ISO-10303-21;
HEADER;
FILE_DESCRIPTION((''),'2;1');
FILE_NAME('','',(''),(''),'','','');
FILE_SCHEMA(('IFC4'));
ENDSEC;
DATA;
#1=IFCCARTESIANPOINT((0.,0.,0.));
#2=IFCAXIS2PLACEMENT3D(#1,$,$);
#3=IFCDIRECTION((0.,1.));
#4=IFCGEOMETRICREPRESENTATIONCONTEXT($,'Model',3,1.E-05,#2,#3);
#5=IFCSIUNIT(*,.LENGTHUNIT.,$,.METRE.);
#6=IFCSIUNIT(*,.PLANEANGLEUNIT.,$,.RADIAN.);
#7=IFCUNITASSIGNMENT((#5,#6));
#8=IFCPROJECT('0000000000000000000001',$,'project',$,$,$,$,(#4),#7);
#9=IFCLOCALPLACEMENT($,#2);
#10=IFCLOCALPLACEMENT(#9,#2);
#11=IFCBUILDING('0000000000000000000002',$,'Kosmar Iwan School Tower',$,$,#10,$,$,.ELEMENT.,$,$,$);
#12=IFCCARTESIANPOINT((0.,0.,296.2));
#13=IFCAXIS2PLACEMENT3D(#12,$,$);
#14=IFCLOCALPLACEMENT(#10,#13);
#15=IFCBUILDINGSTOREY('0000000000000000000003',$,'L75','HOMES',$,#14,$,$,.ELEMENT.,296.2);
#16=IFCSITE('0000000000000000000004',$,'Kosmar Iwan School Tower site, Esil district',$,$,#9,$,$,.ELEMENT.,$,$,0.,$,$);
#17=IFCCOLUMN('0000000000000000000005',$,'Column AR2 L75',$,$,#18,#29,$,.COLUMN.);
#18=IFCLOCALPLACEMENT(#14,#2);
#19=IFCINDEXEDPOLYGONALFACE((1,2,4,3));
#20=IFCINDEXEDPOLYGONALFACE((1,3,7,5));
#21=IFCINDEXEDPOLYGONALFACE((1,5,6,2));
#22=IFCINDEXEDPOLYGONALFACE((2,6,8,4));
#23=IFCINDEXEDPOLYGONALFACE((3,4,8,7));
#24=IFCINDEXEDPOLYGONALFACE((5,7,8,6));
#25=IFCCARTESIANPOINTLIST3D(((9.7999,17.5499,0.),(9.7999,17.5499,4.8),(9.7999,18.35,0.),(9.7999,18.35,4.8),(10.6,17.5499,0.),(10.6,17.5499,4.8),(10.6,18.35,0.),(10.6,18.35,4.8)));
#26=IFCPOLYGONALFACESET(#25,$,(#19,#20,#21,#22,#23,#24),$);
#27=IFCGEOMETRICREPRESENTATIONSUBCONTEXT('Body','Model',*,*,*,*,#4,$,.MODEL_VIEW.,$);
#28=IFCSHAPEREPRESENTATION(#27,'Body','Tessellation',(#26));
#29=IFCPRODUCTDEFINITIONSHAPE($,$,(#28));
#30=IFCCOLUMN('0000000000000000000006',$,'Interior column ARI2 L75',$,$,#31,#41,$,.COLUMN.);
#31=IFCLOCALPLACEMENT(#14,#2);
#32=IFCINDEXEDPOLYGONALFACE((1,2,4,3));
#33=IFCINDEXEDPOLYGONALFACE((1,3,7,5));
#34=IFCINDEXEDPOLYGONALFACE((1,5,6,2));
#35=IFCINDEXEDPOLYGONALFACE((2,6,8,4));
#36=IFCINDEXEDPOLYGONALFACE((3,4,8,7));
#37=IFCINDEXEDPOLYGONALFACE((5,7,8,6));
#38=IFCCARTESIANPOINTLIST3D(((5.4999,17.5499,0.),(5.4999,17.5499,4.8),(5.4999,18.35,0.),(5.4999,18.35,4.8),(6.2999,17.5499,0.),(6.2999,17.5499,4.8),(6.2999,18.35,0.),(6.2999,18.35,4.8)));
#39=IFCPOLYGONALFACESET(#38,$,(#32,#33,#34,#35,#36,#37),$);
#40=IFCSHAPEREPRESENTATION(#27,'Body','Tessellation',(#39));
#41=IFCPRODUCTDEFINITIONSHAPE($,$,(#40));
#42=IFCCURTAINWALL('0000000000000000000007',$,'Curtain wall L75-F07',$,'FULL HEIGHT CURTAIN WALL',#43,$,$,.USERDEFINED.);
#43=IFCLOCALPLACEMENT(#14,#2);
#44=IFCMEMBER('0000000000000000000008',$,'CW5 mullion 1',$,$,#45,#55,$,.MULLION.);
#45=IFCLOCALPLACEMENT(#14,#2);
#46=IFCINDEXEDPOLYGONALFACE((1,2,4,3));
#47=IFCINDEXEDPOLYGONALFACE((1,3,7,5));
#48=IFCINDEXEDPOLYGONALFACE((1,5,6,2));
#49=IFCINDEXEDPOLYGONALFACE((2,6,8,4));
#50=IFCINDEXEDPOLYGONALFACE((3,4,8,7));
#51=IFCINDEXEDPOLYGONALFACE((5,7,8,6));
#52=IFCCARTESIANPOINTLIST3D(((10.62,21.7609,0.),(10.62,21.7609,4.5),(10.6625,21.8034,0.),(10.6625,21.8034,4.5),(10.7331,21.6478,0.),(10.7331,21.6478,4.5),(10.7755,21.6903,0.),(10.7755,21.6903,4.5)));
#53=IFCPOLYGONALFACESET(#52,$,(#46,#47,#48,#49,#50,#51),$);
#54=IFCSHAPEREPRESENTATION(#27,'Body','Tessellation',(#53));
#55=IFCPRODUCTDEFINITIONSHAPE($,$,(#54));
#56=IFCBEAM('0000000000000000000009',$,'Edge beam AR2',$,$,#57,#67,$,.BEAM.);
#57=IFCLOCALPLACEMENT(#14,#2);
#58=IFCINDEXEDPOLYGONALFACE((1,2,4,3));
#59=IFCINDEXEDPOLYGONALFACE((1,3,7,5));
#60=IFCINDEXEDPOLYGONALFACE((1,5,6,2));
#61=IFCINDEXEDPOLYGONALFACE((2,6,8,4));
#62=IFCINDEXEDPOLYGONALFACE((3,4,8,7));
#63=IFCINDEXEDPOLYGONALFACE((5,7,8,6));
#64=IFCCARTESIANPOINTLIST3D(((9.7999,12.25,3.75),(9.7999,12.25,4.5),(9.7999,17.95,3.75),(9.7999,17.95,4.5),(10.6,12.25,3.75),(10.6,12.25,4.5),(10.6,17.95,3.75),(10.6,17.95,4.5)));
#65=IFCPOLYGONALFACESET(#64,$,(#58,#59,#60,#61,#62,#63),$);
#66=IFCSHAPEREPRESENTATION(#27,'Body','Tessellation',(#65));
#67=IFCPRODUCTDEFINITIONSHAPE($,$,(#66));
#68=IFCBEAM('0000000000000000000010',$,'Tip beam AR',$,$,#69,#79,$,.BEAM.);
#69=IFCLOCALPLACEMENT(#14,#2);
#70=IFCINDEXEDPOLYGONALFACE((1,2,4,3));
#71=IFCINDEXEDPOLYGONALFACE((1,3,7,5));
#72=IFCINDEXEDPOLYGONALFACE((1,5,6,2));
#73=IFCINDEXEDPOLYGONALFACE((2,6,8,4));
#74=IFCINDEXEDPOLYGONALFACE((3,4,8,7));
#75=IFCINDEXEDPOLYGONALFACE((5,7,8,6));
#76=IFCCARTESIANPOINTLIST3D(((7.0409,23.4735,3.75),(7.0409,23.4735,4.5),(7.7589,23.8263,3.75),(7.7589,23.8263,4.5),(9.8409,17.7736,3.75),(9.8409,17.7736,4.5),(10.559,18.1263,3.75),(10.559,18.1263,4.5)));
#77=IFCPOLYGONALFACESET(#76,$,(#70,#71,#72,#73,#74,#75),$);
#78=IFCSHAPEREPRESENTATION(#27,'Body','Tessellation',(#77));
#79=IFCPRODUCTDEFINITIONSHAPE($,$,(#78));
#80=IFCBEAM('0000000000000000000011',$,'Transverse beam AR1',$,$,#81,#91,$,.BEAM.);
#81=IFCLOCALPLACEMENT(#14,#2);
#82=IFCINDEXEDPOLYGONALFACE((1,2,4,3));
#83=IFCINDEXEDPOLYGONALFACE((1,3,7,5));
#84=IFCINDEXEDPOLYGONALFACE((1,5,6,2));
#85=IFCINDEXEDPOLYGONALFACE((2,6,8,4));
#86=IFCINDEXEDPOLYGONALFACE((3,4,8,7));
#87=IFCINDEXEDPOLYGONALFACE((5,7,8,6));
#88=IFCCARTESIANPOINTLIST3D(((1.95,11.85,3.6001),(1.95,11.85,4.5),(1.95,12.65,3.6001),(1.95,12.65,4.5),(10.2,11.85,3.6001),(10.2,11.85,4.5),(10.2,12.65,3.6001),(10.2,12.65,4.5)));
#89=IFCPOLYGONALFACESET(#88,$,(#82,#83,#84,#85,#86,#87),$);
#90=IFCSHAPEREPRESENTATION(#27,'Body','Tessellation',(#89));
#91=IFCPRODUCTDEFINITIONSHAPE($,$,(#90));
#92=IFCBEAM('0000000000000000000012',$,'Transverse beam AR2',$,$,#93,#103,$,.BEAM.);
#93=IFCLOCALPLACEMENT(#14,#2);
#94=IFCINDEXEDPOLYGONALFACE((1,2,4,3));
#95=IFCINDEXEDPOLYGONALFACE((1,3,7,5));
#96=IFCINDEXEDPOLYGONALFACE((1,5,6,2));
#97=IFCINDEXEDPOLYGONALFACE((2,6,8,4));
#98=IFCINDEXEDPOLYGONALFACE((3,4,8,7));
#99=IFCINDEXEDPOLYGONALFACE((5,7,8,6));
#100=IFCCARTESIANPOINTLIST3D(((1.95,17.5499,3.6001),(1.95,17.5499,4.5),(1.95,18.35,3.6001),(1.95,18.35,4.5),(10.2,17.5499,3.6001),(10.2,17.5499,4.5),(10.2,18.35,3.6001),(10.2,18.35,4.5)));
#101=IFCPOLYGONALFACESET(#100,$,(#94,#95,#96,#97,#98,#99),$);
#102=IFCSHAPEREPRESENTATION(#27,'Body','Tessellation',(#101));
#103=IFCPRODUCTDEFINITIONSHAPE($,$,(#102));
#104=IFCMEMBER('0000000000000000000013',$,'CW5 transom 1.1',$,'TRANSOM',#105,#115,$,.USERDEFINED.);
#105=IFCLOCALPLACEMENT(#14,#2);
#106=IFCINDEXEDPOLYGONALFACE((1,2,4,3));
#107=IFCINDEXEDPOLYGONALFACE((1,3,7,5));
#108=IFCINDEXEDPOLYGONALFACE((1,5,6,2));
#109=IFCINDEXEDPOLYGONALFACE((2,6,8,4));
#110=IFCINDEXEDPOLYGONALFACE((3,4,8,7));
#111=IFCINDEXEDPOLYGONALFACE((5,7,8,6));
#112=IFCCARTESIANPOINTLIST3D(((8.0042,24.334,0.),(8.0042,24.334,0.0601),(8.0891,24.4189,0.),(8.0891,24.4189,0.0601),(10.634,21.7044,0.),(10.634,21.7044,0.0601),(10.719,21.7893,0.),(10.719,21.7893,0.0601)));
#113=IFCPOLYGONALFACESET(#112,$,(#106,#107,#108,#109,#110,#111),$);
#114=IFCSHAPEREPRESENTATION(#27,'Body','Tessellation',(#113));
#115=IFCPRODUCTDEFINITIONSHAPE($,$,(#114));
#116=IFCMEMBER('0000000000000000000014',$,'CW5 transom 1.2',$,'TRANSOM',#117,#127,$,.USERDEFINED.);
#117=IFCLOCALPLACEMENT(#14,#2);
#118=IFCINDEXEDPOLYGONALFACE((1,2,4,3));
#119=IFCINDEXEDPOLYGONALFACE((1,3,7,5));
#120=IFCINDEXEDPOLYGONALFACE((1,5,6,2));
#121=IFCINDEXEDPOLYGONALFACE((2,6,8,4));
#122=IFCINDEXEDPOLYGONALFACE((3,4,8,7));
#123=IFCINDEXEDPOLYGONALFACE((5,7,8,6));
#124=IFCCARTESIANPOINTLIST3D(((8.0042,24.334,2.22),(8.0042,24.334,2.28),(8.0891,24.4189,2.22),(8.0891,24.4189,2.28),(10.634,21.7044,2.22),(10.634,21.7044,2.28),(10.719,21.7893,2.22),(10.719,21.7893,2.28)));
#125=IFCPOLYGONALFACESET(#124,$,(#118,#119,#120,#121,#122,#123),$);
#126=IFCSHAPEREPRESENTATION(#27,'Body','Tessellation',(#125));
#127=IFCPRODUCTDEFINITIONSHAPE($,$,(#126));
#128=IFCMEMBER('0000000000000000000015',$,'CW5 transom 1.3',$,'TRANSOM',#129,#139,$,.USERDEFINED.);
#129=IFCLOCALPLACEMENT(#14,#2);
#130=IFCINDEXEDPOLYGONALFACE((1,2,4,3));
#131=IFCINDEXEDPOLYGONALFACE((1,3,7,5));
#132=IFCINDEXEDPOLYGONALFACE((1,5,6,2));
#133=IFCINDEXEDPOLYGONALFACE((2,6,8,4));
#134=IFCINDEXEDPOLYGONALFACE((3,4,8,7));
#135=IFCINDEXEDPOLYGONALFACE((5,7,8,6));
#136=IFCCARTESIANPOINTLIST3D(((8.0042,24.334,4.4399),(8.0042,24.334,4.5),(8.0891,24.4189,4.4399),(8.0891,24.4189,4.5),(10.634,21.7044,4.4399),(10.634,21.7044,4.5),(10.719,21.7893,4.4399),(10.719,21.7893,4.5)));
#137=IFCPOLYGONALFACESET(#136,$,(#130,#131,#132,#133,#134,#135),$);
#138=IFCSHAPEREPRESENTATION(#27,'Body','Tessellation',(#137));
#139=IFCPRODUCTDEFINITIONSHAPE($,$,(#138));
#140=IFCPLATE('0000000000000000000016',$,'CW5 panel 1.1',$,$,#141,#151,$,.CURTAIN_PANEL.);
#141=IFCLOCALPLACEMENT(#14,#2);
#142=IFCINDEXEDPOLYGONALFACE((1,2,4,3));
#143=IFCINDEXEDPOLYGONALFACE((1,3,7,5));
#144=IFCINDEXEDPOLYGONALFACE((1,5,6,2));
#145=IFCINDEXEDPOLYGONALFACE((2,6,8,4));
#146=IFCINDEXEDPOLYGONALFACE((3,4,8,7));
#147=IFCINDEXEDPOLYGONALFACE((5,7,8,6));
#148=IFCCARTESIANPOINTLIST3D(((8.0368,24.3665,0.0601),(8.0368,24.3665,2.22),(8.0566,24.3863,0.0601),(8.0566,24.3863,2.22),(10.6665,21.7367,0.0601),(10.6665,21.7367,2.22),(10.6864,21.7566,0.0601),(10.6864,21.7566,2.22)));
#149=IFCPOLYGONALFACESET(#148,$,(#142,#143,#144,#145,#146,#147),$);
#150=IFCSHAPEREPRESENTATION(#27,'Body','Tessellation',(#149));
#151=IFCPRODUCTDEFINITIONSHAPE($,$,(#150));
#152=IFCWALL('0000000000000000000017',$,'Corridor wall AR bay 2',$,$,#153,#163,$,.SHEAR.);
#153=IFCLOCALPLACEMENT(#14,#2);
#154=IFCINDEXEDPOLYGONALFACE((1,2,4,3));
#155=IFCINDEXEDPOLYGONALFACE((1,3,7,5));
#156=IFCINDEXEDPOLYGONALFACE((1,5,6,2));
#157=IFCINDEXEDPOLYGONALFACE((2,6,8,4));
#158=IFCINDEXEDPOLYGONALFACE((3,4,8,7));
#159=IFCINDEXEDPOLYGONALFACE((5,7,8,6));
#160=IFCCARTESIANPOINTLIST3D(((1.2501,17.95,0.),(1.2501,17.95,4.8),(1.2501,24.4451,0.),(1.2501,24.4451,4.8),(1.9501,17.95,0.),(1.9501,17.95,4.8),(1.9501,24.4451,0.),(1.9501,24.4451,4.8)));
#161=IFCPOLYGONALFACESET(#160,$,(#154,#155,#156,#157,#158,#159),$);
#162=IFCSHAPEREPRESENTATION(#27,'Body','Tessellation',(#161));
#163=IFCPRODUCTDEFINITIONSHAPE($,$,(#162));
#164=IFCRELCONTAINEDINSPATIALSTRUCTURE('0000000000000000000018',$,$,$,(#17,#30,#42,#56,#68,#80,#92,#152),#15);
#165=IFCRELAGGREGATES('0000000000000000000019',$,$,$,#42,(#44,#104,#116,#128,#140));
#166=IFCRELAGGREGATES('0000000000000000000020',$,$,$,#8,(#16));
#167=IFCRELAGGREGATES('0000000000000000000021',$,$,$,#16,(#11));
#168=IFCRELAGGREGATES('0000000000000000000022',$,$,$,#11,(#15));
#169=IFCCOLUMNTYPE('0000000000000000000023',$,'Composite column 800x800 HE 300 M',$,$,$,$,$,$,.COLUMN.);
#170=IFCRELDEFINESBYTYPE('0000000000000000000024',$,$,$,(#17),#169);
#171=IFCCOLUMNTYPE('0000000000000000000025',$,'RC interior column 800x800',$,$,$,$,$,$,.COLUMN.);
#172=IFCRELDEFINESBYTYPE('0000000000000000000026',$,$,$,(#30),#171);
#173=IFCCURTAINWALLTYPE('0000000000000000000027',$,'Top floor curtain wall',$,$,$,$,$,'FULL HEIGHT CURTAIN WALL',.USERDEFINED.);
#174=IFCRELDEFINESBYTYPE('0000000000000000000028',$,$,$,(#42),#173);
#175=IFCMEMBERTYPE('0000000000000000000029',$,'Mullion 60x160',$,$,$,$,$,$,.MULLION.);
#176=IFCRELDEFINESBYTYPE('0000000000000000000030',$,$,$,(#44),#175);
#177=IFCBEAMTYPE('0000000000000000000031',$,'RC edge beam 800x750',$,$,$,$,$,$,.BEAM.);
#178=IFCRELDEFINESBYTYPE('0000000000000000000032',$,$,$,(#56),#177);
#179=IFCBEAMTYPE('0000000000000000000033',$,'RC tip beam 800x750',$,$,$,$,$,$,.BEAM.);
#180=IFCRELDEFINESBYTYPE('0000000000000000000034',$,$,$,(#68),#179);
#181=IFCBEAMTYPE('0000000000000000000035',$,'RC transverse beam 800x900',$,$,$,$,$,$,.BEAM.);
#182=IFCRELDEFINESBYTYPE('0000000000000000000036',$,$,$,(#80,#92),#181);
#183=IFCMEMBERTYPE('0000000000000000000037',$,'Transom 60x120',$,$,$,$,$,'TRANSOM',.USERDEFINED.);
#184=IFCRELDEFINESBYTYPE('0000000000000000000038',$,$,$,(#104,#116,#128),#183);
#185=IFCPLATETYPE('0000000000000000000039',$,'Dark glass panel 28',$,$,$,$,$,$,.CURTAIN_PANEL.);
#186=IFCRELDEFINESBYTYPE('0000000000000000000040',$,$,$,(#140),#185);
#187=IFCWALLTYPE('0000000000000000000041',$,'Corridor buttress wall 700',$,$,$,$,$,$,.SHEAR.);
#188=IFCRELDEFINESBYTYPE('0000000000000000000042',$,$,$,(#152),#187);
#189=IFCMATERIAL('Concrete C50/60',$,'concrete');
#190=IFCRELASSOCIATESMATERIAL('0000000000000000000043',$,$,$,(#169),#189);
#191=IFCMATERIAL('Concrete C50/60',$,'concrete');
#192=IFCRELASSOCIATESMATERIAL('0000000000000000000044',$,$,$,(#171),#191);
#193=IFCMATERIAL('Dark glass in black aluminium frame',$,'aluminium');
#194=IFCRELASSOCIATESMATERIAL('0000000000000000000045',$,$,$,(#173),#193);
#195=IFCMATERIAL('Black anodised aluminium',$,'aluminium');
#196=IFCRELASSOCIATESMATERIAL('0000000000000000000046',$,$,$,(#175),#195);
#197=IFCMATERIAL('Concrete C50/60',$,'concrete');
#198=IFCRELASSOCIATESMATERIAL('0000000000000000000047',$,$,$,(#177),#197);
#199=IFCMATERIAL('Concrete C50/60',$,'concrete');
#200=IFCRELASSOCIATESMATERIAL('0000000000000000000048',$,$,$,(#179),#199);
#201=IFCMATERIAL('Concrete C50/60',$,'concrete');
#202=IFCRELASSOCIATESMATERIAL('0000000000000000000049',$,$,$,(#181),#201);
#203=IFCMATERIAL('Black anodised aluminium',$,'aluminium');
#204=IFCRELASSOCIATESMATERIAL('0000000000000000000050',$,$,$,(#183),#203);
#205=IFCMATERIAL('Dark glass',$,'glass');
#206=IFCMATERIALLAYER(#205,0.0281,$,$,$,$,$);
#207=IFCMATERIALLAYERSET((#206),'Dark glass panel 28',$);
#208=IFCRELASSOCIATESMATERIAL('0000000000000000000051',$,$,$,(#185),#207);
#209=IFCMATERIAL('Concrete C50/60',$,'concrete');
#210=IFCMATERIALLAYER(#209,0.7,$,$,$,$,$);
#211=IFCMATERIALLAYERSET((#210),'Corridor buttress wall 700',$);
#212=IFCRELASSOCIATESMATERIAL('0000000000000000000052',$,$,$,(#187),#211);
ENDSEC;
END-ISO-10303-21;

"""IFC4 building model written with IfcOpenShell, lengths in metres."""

from ifc_helpers import new_model, si_unit, direction, frame, frame_2d, origin, origin_2d, place, context, subcontext, project, spatial, rectangle, extrude, material, layer, layer_set, material_profile, profile_set, type_object, element, aggregate, save


model = new_model("IFC4")

# Units and contexts
model_context = context("Model", 3, precision=1e-05, world=origin(), true_north=direction((0.0, 1.0)))
body_context = subcontext(model_context, "Body", "Model", "MODEL_VIEW")
ifc_project = project(units=[si_unit("LENGTHUNIT", "METRE"), si_unit("PLANEANGLEUNIT", "RADIAN")], contexts=[model_context])

# Site, building, storey
site_placement = place(None, origin())
site = spatial("IfcSite", under=ifc_project, at=site_placement, Name="Kosmar Iwan School Tower site, Esil district", CompositionType="ELEMENT", RefElevation=0.0)
building_placement = place(site_placement, origin())
building = spatial("IfcBuilding", under=site, at=building_placement, Name="Kosmar Iwan School Tower", CompositionType="ELEMENT")
storey_placement = place(building_placement, frame((0.0, 0.0, 296.2)))
storey = spatial("IfcBuildingStorey", under=building, at=storey_placement, Name="L75", Description="HOMES", CompositionType="ELEMENT", Elevation=296.2)

# Columns
ifc_material_1 = material(Name="Concrete C50/60", Category="concrete")
ifc_material_profile_1 = material_profile(ifc_material_1, rectangle(XDim=0.8, YDim=0.8, at=origin_2d()), Name="RC 800x800 + HE 300 M")
ifc_profile_set_1 = profile_set([ifc_material_profile_1], Name="Concrete C50/60")
column_type_1 = type_object("IfcColumnType", Name="Composite column 800x800 HE 300 M", PredefinedType="COLUMN", material=ifc_profile_set_1)
column_1_placement = place(storey_placement, frame((10.2, 17.95, 0.0), z_axis=(0.0, 0.0, 1.0), x_axis=(0.0, 1.0, 0.0)))
element("IfcColumn", 1, at=column_1_placement, inside=storey, type_object=column_type_1, Name="Column AR2 L75", PredefinedType="COLUMN", context=body_context, shape_type="SweptSolid", body=[
    extrude(rectangle(XDim=0.8, YDim=0.8, at=origin_2d()), origin(), (0.0, 0.0, 1.0), 4.8),
])
ifc_material_2 = material(Name="Concrete C50/60", Category="concrete")
ifc_material_profile_2 = material_profile(ifc_material_2, rectangle(XDim=0.8, YDim=0.8, at=origin_2d()), Name="RC 800x800")
ifc_profile_set_2 = profile_set([ifc_material_profile_2], Name="Concrete C50/60")
column_type_2 = type_object("IfcColumnType", Name="RC interior column 800x800", PredefinedType="COLUMN", material=ifc_profile_set_2)
column_2_placement = place(storey_placement, frame((5.8999, 17.95, 0.0), z_axis=(0.0, 0.0, 1.0), x_axis=(0.0, 1.0, 0.0)))
element("IfcColumn", 2, at=column_2_placement, inside=storey, type_object=column_type_2, Name="Interior column ARI2 L75", PredefinedType="COLUMN", context=body_context, shape_type="SweptSolid", body=[
    extrude(rectangle(XDim=0.8, YDim=0.8, at=origin_2d()), origin(), (0.0, 0.0, 1.0), 4.8),
])

# Curtain wall, member
ifc_material_3 = material(Name="Dark glass in black aluminium frame", Category="aluminium")
curtain_wall_type = type_object("IfcCurtainWallType", Name="Top floor curtain wall", ElementType="FULL HEIGHT CURTAIN WALL", PredefinedType="USERDEFINED", material=ifc_material_3)
curtain_wall_placement = place(storey_placement, origin())
curtain_wall = element("IfcCurtainWall", 3, at=curtain_wall_placement, inside=storey, type_object=curtain_wall_type, Name="Curtain wall L75-F07", ObjectType="FULL HEIGHT CURTAIN WALL", PredefinedType="USERDEFINED")
ifc_material_4 = material(Name="Black anodised aluminium", Category="aluminium")
ifc_material_profile_3 = material_profile(ifc_material_4, rectangle(XDim=0.0601, YDim=0.1599, at=origin_2d()), Name="MULLION 60x160")
ifc_profile_set_3 = profile_set([ifc_material_profile_3], Name="Black anodised aluminium")
member_type_1 = type_object("IfcMemberType", Name="Mullion 60x160", PredefinedType="MULLION", material=ifc_profile_set_3)
member_1_placement = place(storey_placement, frame((10.6978, 21.7256, 0.0), z_axis=(0.0, 0.0, 1.0), x_axis=(-0.707107, -0.707107, 0.0)))
member_1 = element("IfcMember", 4, at=member_1_placement, type_object=member_type_1, Name="CW5 mullion 1", PredefinedType="MULLION", context=body_context, shape_type="SweptSolid", body=[
    extrude(rectangle(XDim=0.0601, YDim=0.1599, at=origin_2d()), origin(), (0.0, 0.0, 1.0), 4.5),
])

# Beams
ifc_material_5 = material(Name="Concrete C50/60", Category="concrete")
ifc_material_profile_4 = material_profile(ifc_material_5, rectangle(XDim=0.8, YDim=0.75, at=origin_2d()), Name="RC 800x750")
ifc_profile_set_4 = profile_set([ifc_material_profile_4], Name="Concrete C50/60")
beam_type_1 = type_object("IfcBeamType", Name="RC edge beam 800x750", PredefinedType="BEAM", material=ifc_profile_set_4)
beam_1_placement = place(storey_placement, frame((10.2, 12.25, 4.125), z_axis=(0.0, 1.0, 0.0), x_axis=(-1.0, 0.0, 0.0)))
element("IfcBeam", 5, at=beam_1_placement, inside=storey, type_object=beam_type_1, Name="Edge beam AR2", PredefinedType="BEAM", context=body_context, shape_type="SweptSolid", body=[
    extrude(rectangle(XDim=0.8, YDim=0.75, at=origin_2d()), origin(), (0.0, 0.0, 1.0), 5.7),
])
ifc_material_6 = material(Name="Concrete C50/60", Category="concrete")
ifc_material_profile_5 = material_profile(ifc_material_6, rectangle(XDim=0.8, YDim=0.75, at=origin_2d()), Name="RC 800x750")
ifc_profile_set_5 = profile_set([ifc_material_profile_5], Name="Concrete C50/60")
beam_type_2 = type_object("IfcBeamType", Name="RC tip beam 800x750", PredefinedType="BEAM", material=ifc_profile_set_5)
beam_2_placement = place(storey_placement, frame((10.2, 17.95, 4.125), z_axis=(-0.440913, 0.89755, 0.0), x_axis=(-0.89755, -0.440913, 0.0)))
element("IfcBeam", 6, at=beam_2_placement, inside=storey, type_object=beam_type_2, Name="Tip beam AR", PredefinedType="BEAM", context=body_context, shape_type="SweptSolid", body=[
    extrude(rectangle(XDim=0.8, YDim=0.75, at=origin_2d()), origin(), (0.0, 0.0, 1.0), 6.3506),
])
ifc_material_7 = material(Name="Concrete C50/60", Category="concrete")
ifc_material_profile_6 = material_profile(ifc_material_7, rectangle(XDim=0.8, YDim=0.8999, at=origin_2d()), Name="RC 800x900")
ifc_profile_set_6 = profile_set([ifc_material_profile_6], Name="Concrete C50/60")
beam_type_3 = type_object("IfcBeamType", Name="RC transverse beam 800x900", PredefinedType="BEAM", material=ifc_profile_set_6)
for number, where, z_axis, x_axis, name in (
    (7, (10.2, 12.25, 4.05), (-1.0, 0.0, 0.0), (0.0, -1.0, 0.0), "Transverse beam AR1"),
    (8, (10.2, 17.95, 4.05), (-1.0, 0.0, 0.0), (0.0, -1.0, 0.0), "Transverse beam AR2"),
):
    element("IfcBeam", number, at=place(storey_placement, frame(where, z_axis=z_axis, x_axis=x_axis)), inside=storey, type_object=beam_type_3, Name=name, PredefinedType="BEAM", context=body_context, shape_type="SweptSolid", body=[
        extrude(rectangle(XDim=0.8, YDim=0.8999, at=origin_2d()), origin(), (0.0, 0.0, 1.0), 8.25),
    ])

# Members
ifc_material_8 = material(Name="Black anodised aluminium", Category="aluminium")
ifc_material_profile_7 = material_profile(ifc_material_8, rectangle(XDim=0.1201, YDim=0.0601, at=origin_2d()), Name="TRANSOM 60x120")
ifc_profile_set_7 = profile_set([ifc_material_profile_7], Name="Black anodised aluminium")
member_type_2 = type_object("IfcMemberType", Name="Transom 60x120", ElementType="TRANSOM", PredefinedType="USERDEFINED", material=ifc_profile_set_7)
member_2_placement = place(storey_placement, frame((10.6765, 21.7468, 0.03), z_axis=(-0.70714, 0.707074, 0.0), x_axis=(-0.707074, -0.70714, 0.0)))
member_2 = element("IfcMember", 9, at=member_2_placement, type_object=member_type_2, Name="CW5 transom 1.1", ObjectType="TRANSOM", PredefinedType="USERDEFINED", context=body_context, shape_type="SweptSolid", body=[
    extrude(rectangle(XDim=0.1201, YDim=0.0601, at=origin_2d()), origin(), (0.0, 0.0, 1.0), 3.719),
])
member_3_placement = place(storey_placement, frame((10.6765, 21.7468, 2.25), z_axis=(-0.70714, 0.707074, 0.0), x_axis=(-0.707074, -0.70714, 0.0)))
member_3 = element("IfcMember", 10, at=member_3_placement, type_object=member_type_2, Name="CW5 transom 1.2", ObjectType="TRANSOM", PredefinedType="USERDEFINED", context=body_context, shape_type="SweptSolid", body=[
    extrude(rectangle(XDim=0.1201, YDim=0.0601, at=origin_2d()), origin(), (0.0, 0.0, 1.0), 3.719),
])
member_4_placement = place(storey_placement, frame((10.6765, 21.7468, 4.47), z_axis=(-0.70714, 0.707074, 0.0), x_axis=(-0.707074, -0.70714, 0.0)))
member_4 = element("IfcMember", 11, at=member_4_placement, type_object=member_type_2, Name="CW5 transom 1.3", ObjectType="TRANSOM", PredefinedType="USERDEFINED", context=body_context, shape_type="SweptSolid", body=[
    extrude(rectangle(XDim=0.1201, YDim=0.0601, at=origin_2d()), origin(), (0.0, 0.0, 1.0), 3.719),
])

# Plate
ifc_material_9 = material(Name="Dark glass", Category="glass")
ifc_layer_1 = layer(ifc_material_9, 0.0281)
ifc_layer_set_1 = layer_set([ifc_layer_1], Name="Dark glass panel 28")
plate_type = type_object("IfcPlateType", Name="Dark glass panel 28", PredefinedType="CURTAIN_PANEL", material=ifc_layer_set_1)
plate_placement = place(storey_placement, frame((9.3616, 23.0615, 0.0601), z_axis=(0.0, 0.0, 1.0), x_axis=(-0.707107, 0.707107, 0.0)))
plate = element("IfcPlate", 12, at=plate_placement, type_object=plate_type, Name="CW5 panel 1.1", PredefinedType="CURTAIN_PANEL", context=body_context, shape_type="SweptSolid", body=[
    extrude(rectangle(XDim=3.719, YDim=0.0281, at=origin_2d()), origin(), (0.0, 0.0, 1.0), 2.1599),
])
aggregate(curtain_wall, [member_1, member_2, member_3, member_4, plate])

# Wall
ifc_material_10 = material(Name="Concrete C50/60", Category="concrete")
ifc_layer_2 = layer(ifc_material_10, 0.7)
ifc_layer_set_2 = layer_set([ifc_layer_2], Name="Corridor buttress wall 700")
wall_type_1 = type_object("IfcWallType", Name="Corridor buttress wall 700", PredefinedType="SHEAR", material=ifc_layer_set_2)
wall_1_placement = place(storey_placement, frame((1.6001, 17.95, 0.0), z_axis=(0.0, 0.0, 1.0), x_axis=(0.0, 1.0, 0.0)))
element("IfcWall", 13, at=wall_1_placement, inside=storey, type_object=wall_type_1, Name="Corridor wall AR bay 2", PredefinedType="SHEAR", context=body_context, shape_type="SweptSolid", body=[
    extrude(rectangle(XDim=6.4951, YDim=0.7, at=frame_2d((3.2476, 0.0))), origin(), (0.0, 0.0, 1.0), 4.8),
])

save(model, "model.ifc")
